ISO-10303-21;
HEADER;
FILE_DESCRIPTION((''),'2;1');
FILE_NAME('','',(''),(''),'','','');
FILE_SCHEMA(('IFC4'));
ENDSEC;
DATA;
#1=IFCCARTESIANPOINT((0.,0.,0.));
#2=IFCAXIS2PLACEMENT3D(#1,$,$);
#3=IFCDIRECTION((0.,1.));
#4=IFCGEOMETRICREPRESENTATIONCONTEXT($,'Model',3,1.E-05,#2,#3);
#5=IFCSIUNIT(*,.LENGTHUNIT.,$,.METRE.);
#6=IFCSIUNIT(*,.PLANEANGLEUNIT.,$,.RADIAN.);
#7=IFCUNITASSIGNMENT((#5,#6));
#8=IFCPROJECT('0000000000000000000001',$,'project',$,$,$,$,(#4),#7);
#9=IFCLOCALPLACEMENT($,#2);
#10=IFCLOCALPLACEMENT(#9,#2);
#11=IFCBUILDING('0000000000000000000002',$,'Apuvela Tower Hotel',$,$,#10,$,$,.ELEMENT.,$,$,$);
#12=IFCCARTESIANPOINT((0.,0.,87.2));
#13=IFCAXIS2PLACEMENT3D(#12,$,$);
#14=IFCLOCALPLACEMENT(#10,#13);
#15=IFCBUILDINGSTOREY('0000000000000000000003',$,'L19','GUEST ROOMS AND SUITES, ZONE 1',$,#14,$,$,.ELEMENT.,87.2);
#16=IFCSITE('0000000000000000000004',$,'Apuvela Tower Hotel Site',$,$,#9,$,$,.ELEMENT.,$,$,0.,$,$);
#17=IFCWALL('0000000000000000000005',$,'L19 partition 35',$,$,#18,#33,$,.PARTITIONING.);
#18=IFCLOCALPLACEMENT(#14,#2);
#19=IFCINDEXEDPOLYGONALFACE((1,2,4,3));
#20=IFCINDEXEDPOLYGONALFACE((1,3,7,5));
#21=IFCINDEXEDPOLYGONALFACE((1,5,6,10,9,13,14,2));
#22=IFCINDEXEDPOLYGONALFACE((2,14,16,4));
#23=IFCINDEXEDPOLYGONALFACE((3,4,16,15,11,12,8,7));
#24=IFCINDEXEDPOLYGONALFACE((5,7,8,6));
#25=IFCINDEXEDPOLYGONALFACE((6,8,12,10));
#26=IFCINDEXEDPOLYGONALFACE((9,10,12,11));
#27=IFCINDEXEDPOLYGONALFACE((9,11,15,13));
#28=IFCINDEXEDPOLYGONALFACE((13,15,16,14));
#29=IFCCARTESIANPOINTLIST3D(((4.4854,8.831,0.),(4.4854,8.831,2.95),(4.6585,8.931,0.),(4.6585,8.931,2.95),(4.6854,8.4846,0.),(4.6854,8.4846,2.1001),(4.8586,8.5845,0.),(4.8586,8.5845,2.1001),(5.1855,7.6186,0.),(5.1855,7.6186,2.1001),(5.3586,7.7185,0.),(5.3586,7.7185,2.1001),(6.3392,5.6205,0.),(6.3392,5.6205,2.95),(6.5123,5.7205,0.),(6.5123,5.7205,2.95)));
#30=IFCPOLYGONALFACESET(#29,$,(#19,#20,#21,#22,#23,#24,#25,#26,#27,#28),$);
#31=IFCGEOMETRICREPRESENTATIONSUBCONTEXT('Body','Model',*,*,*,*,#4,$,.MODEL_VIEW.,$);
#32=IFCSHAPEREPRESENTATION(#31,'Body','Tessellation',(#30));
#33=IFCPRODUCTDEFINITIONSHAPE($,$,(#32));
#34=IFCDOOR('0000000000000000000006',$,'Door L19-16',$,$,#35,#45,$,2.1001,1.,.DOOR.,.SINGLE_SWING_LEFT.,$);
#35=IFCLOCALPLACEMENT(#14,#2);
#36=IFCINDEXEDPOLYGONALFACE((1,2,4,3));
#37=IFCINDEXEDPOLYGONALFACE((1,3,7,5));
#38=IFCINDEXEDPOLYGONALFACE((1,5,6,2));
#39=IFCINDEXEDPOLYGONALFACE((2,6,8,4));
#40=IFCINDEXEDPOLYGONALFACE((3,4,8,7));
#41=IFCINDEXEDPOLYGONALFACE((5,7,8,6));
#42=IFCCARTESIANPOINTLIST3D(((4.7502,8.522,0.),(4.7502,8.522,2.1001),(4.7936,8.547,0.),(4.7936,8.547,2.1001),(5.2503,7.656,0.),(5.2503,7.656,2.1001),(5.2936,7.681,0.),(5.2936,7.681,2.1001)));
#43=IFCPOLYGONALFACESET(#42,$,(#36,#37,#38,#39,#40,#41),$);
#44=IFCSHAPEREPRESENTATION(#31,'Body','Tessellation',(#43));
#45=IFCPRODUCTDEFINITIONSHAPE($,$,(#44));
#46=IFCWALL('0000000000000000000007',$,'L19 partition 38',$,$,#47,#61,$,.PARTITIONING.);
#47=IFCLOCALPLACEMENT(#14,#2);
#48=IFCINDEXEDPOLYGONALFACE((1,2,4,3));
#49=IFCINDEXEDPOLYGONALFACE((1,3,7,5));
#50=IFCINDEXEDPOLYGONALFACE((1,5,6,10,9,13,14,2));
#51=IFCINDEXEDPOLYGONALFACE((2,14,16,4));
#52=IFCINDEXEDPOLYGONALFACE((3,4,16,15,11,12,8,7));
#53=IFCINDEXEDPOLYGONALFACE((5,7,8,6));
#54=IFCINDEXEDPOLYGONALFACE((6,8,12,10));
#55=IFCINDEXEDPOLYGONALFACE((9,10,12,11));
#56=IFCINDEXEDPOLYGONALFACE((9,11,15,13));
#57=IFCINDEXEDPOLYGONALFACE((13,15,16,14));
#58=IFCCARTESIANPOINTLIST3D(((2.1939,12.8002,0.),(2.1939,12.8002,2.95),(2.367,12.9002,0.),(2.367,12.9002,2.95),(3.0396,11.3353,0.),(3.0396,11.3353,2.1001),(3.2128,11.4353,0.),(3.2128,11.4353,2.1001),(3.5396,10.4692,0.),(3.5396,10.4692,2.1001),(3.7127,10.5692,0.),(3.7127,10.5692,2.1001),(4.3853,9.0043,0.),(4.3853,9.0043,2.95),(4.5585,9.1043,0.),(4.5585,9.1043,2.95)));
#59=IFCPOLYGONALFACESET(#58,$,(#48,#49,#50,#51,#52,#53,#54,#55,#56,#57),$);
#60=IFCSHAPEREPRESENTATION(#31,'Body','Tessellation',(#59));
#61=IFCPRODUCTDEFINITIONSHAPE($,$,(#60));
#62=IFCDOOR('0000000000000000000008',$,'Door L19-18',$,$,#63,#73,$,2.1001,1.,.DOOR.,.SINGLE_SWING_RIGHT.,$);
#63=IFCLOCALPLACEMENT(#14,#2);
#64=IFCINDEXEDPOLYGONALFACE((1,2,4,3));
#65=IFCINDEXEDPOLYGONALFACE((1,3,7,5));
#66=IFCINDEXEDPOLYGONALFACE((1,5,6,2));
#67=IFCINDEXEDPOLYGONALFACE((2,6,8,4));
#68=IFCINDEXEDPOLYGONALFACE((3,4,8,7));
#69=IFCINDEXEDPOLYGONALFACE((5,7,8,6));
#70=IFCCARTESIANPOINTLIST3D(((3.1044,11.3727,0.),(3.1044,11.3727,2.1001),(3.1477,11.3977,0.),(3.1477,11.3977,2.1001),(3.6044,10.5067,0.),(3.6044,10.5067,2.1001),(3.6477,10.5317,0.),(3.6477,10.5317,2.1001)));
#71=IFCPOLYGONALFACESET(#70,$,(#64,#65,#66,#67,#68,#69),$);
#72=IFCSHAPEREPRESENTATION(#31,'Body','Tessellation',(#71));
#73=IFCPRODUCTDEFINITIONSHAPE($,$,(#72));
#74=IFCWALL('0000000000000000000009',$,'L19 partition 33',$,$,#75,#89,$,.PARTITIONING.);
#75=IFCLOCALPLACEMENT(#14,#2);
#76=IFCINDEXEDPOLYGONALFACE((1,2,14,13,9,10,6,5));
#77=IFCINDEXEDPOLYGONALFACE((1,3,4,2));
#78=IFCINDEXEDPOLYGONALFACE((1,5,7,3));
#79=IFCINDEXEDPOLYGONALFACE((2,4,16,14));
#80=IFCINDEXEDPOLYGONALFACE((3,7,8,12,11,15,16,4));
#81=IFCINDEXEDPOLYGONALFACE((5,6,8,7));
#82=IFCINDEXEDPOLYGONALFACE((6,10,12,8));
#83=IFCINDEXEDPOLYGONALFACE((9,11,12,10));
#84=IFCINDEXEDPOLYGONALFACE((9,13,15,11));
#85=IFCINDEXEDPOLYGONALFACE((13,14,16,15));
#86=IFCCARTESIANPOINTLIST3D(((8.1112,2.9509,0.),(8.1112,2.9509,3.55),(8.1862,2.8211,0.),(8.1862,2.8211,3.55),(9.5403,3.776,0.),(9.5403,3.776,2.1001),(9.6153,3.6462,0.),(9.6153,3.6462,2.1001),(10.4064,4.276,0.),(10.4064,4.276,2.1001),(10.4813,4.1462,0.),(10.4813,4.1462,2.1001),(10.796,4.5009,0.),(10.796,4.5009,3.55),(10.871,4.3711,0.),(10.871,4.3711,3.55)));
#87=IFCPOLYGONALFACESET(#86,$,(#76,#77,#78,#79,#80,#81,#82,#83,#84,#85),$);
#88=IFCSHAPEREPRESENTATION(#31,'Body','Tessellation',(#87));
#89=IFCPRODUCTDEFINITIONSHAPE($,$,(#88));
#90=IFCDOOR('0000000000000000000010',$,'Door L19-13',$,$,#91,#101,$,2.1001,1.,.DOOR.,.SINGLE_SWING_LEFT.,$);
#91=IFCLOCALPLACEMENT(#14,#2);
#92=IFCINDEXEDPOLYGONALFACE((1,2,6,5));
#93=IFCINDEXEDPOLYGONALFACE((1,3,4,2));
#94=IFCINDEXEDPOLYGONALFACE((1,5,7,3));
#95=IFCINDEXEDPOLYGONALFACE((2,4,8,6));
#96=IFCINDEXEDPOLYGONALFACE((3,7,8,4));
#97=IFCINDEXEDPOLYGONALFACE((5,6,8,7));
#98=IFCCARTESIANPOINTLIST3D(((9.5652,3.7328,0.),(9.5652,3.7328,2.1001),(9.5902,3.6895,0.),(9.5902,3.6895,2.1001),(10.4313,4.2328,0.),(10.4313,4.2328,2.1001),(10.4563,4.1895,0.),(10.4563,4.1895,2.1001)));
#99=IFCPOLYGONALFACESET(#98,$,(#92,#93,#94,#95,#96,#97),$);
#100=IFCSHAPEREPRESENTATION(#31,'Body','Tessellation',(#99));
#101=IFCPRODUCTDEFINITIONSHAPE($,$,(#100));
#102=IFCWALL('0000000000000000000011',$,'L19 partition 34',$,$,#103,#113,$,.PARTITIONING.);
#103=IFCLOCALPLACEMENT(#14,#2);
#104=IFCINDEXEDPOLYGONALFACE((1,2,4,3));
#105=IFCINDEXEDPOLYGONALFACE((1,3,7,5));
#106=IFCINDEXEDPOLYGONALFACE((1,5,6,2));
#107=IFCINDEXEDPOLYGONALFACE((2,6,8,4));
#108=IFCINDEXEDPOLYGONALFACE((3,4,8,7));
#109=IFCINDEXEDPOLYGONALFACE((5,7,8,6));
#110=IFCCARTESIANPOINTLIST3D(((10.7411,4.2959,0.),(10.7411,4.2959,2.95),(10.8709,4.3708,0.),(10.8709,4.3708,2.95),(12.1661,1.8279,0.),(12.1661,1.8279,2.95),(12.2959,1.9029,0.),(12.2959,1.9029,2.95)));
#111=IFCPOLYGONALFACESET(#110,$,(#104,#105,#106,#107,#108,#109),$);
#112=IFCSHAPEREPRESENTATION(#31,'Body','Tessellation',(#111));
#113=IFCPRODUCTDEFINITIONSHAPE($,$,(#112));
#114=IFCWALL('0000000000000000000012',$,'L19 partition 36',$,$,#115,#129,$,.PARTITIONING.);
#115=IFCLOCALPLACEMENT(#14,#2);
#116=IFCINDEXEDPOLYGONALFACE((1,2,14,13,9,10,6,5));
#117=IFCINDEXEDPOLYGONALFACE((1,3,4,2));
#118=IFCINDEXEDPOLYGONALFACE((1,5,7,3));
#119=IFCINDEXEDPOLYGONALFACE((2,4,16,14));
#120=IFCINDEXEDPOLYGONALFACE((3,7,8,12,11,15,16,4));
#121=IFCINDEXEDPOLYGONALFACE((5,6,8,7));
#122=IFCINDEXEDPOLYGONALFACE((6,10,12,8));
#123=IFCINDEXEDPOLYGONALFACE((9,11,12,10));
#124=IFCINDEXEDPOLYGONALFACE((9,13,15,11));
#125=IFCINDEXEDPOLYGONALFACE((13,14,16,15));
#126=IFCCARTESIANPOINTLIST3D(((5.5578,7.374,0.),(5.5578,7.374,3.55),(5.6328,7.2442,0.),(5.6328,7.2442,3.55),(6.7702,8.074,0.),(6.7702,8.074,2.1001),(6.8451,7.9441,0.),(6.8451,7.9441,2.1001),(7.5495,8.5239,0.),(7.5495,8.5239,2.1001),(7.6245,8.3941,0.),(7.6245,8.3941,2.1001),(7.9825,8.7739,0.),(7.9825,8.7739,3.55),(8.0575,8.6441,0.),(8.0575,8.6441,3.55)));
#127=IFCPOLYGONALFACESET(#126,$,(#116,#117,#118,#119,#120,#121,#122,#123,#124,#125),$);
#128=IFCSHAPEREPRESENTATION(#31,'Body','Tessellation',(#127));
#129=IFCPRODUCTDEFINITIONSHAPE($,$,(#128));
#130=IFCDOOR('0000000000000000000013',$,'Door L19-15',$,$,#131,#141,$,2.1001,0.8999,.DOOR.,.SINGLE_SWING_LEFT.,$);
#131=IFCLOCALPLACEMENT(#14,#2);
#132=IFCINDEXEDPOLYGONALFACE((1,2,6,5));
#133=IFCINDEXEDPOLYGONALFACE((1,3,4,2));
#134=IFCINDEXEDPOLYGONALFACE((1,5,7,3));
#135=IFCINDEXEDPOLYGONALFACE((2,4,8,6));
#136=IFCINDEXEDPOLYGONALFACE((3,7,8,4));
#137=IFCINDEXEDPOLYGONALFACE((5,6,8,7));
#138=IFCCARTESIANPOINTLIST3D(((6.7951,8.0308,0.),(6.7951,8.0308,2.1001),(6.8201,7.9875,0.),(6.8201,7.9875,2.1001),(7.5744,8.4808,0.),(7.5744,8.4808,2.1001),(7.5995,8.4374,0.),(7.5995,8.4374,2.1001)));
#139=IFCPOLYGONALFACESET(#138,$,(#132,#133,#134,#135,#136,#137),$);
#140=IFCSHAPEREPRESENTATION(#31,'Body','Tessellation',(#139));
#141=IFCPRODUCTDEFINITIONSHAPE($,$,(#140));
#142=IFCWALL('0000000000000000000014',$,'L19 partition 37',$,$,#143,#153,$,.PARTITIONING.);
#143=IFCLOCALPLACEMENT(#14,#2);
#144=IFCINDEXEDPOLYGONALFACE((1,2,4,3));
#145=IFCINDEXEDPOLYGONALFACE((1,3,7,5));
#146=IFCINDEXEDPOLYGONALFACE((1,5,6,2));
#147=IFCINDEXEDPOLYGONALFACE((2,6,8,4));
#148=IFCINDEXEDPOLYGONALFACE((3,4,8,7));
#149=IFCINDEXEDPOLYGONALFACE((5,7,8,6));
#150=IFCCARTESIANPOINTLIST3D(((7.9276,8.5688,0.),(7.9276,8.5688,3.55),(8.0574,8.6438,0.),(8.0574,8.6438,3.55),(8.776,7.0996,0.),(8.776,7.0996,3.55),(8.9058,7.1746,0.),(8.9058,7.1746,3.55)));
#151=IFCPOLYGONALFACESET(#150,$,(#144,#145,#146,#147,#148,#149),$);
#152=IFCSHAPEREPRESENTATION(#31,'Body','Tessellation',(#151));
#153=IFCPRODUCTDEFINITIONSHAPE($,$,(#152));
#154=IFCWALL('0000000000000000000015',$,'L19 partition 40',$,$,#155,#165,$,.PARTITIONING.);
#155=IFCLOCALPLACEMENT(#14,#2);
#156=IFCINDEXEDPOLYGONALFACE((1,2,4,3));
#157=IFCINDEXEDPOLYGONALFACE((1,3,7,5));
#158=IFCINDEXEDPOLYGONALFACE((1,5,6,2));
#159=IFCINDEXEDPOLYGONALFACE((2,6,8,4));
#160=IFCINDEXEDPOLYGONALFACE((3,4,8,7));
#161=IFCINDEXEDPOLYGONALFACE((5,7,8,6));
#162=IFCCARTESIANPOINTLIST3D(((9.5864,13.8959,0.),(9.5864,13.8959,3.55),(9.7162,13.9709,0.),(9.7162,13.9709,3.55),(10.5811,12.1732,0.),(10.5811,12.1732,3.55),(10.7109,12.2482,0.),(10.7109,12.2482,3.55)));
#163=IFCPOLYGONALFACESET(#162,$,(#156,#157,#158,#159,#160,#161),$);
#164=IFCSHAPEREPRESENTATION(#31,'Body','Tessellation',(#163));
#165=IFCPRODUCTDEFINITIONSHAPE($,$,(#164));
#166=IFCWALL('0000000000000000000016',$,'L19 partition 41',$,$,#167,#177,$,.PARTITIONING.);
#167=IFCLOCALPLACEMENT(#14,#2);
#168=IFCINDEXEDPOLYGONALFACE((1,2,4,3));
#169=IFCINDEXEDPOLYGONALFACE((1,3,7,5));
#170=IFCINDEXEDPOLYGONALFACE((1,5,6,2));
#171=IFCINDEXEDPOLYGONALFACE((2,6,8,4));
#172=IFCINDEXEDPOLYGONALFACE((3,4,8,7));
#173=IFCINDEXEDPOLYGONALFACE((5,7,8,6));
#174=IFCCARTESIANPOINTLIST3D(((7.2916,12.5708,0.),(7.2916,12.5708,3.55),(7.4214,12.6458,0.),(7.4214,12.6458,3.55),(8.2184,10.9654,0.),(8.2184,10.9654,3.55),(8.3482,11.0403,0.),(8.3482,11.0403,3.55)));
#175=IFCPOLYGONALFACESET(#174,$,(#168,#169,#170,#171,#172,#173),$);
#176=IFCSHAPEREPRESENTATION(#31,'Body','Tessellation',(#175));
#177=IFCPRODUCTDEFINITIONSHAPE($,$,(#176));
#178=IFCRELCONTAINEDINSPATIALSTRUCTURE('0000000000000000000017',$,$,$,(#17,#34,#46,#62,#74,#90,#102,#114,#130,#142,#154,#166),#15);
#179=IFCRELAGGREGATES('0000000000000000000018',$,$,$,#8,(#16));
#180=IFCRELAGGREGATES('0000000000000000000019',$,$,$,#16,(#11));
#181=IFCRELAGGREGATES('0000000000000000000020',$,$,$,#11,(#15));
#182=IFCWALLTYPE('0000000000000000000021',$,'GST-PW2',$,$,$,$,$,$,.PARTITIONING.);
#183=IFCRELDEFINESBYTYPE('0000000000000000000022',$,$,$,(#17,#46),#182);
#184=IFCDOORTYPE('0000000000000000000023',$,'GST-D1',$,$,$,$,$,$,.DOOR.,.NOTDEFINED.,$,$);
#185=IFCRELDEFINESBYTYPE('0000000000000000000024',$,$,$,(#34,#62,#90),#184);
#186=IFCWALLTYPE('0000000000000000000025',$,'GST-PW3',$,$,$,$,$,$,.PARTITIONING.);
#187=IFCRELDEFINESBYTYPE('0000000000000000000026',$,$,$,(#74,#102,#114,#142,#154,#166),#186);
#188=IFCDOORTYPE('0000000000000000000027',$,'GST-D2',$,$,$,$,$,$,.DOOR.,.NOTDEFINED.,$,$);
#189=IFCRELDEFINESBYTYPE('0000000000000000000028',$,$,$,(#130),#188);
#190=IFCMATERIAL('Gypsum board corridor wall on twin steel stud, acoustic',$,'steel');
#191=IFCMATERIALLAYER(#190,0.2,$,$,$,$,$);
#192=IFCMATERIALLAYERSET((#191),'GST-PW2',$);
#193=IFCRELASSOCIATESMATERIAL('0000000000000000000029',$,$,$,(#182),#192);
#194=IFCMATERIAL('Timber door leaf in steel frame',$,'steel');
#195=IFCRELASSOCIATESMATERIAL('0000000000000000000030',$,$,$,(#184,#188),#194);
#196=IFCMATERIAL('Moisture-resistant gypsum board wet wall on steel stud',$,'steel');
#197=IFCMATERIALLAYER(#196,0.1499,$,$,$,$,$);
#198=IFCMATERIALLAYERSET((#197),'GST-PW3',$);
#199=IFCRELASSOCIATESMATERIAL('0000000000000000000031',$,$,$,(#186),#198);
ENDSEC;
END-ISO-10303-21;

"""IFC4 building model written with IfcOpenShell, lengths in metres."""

from ifc_helpers import new_model, si_unit, direction, frame, frame_2d, origin, place, context, subcontext, project, spatial, rectangle, extrude, material, layer, layer_set, type_object, element, fill, save


model = new_model("IFC4")

# Units and contexts
model_context = context("Model", 3, precision=1e-05, world=origin(), true_north=direction((0.0, 1.0)))
body_context = subcontext(model_context, "Body", "Model", "MODEL_VIEW")
ifc_project = project(units=[si_unit("LENGTHUNIT", "METRE"), si_unit("PLANEANGLEUNIT", "RADIAN")], contexts=[model_context])

# Site, building, storey
site_placement = place(None, origin())
site = spatial("IfcSite", under=ifc_project, at=site_placement, Name="Apuvela Tower Hotel Site", CompositionType="ELEMENT", RefElevation=0.0)
building_placement = place(site_placement, origin())
building = spatial("IfcBuilding", under=site, at=building_placement, Name="Apuvela Tower Hotel", CompositionType="ELEMENT")
storey_placement = place(building_placement, frame((0.0, 0.0, 87.2)))
storey = spatial("IfcBuildingStorey", under=building, at=storey_placement, Name="L19", Description="GUEST ROOMS AND SUITES, ZONE 1", CompositionType="ELEMENT", Elevation=87.2)

# Walls, openings, doors
ifc_material_1 = material(Name="Gypsum board corridor wall on twin steel stud, acoustic", Category="steel")
ifc_layer_1 = layer(ifc_material_1, 0.2)
ifc_layer_set_1 = layer_set([ifc_layer_1], Name="GST-PW2")
wall_type_1 = type_object("IfcWallType", Name="GST-PW2", PredefinedType="PARTITIONING", material=ifc_layer_set_1)
ifc_material_2 = material(Name="Timber door leaf in steel frame", Category="steel")
door_type_1 = type_object("IfcDoorType", Name="GST-D1", OperationType="NOTDEFINED", PredefinedType="DOOR", material=ifc_material_2)
wall_1_placement = place(storey_placement, frame((4.572, 8.8809, 0.0), z_axis=(0.0, 0.0, 1.0), x_axis=(0.500042, -0.866001, 0.0)))
wall_1 = element("IfcWall", 1, at=wall_1_placement, inside=storey, type_object=wall_type_1, Name="L19 partition 35", PredefinedType="PARTITIONING", context=body_context, shape_type="SweptSolid", body=[
    extrude(rectangle(XDim=3.7073, YDim=0.2, at=frame_2d((1.8535, 0.0))), origin(), (0.0, 0.0, 1.0), 2.95),
])
opening_1_placement = place(wall_1_placement, frame((0.3999, 0.0, 0.0)))
opening_1 = element("IfcOpeningElement", 2, at=opening_1_placement, cuts=wall_1, PredefinedType="OPENING", context=body_context, shape_type="SweptSolid", body=[
    extrude(rectangle(XDim=1.0, YDim=2.1001, at=frame_2d((0.5, 1.05))), frame((0.0, 0.1099, 0.0), z_axis=(0.0, -1.0, 0.0), x_axis=(1.0, 0.0, 0.0)), (0.0, 0.0, 1.0), 0.22),
])
door_1_placement = place(opening_1_placement, origin())
door_1 = element("IfcDoor", 3, at=door_1_placement, inside=storey, type_object=door_type_1, Name="Door L19-16", OperationType="SINGLE_SWING_LEFT", OverallHeight=2.1001, OverallWidth=1.0, PredefinedType="DOOR", context=body_context, shape_type="SweptSolid", body=[
    extrude(rectangle(XDim=1.0, YDim=2.1001, at=frame_2d((0.5, 1.05))), frame((0.0, 0.0249, 0.0), z_axis=(0.0, -1.0, 0.0), x_axis=(1.0, 0.0, 0.0)), (0.0, 0.0, 1.0), 0.05),
])
fill(opening_1, door_1)
wall_2_placement = place(storey_placement, frame((2.2805, 12.8501, 0.0), z_axis=(0.0, 0.0, 1.0), x_axis=(0.499973, -0.866041, 0.0)))
wall_2 = element("IfcWall", 4, at=wall_2_placement, inside=storey, type_object=wall_type_1, Name="L19 partition 38", PredefinedType="PARTITIONING", context=body_context, shape_type="SweptSolid", body=[
    extrude(rectangle(XDim=4.3831, YDim=0.2, at=frame_2d((2.1914, 0.0))), origin(), (0.0, 0.0, 1.0), 2.95),
])
opening_2_placement = place(wall_2_placement, frame((1.6914, 0.0, 0.0)))
opening_2 = element("IfcOpeningElement", 5, at=opening_2_placement, cuts=wall_2, PredefinedType="OPENING", context=body_context, shape_type="SweptSolid", body=[
    extrude(rectangle(XDim=1.0, YDim=2.1001, at=frame_2d((0.5, 1.05))), frame((0.0, 0.1099, 0.0), z_axis=(0.0, -1.0, 0.0), x_axis=(1.0, 0.0, 0.0)), (0.0, 0.0, 1.0), 0.22),
])
door_2_placement = place(opening_2_placement, origin())
door_2 = element("IfcDoor", 6, at=door_2_placement, inside=storey, type_object=door_type_1, Name="Door L19-18", OperationType="SINGLE_SWING_RIGHT", OverallHeight=2.1001, OverallWidth=1.0, PredefinedType="DOOR", context=body_context, shape_type="SweptSolid", body=[
    extrude(rectangle(XDim=1.0, YDim=2.1001, at=frame_2d((0.5, 1.05))), frame((0.0, 0.0249, 0.0), z_axis=(0.0, -1.0, 0.0), x_axis=(1.0, 0.0, 0.0)), (0.0, 0.0, 1.0), 0.05),
])
fill(opening_2, door_2)
ifc_material_3 = material(Name="Moisture-resistant gypsum board wet wall on steel stud", Category="steel")
ifc_layer_2 = layer(ifc_material_3, 0.1499)
ifc_layer_set_2 = layer_set([ifc_layer_2], Name="GST-PW3")
wall_type_2 = type_object("IfcWallType", Name="GST-PW3", PredefinedType="PARTITIONING", material=ifc_layer_set_2)
wall_3_placement = place(storey_placement, frame((10.8335, 4.436, 0.0), z_axis=(0.0, 0.0, 1.0), x_axis=(-0.86603, -0.499993, 0.0)))
wall_3 = element("IfcWall", 7, at=wall_3_placement, inside=storey, type_object=wall_type_2, Name="L19 partition 33", PredefinedType="PARTITIONING", context=body_context, shape_type="SweptSolid", body=[
    extrude(rectangle(XDim=3.1001, YDim=0.1499, at=frame_2d((1.55, 0.0))), origin(), (0.0, 0.0, 1.0), 3.55),
])
opening_3_placement = place(wall_3_placement, frame((0.45, 0.0, 0.0)))
opening_3 = element("IfcOpeningElement", 8, at=opening_3_placement, cuts=wall_3, PredefinedType="OPENING", context=body_context, shape_type="SweptSolid", body=[
    extrude(rectangle(XDim=1.0, YDim=2.1001, at=frame_2d((0.5, 1.05))), frame((0.0, 0.085, 0.0), z_axis=(0.0, -1.0, 0.0), x_axis=(1.0, 0.0, 0.0)), (0.0, 0.0, 1.0), 0.1699),
])
door_3_placement = place(opening_3_placement, origin())
door_3 = element("IfcDoor", 9, at=door_3_placement, inside=storey, type_object=door_type_1, Name="Door L19-13", OperationType="SINGLE_SWING_LEFT", OverallHeight=2.1001, OverallWidth=1.0, PredefinedType="DOOR", context=body_context, shape_type="SweptSolid", body=[
    extrude(rectangle(XDim=1.0, YDim=2.1001, at=frame_2d((0.5, 1.05))), frame((0.0, 0.0249, 0.0), z_axis=(0.0, -1.0, 0.0), x_axis=(1.0, 0.0, 0.0)), (0.0, 0.0, 1.0), 0.05),
])
fill(opening_3, door_3)

# Wall
wall_4_placement = place(storey_placement, frame((12.231, 1.8655, 0.0), z_axis=(0.0, 0.0, 1.0), x_axis=(-0.500036, 0.866004, 0.0)))
element("IfcWall", 10, at=wall_4_placement, inside=storey, type_object=wall_type_2, Name="L19 partition 34", PredefinedType="PARTITIONING", context=body_context, shape_type="SweptSolid", body=[
    extrude(rectangle(XDim=2.8499, YDim=0.1499, at=frame_2d((1.4248, 0.0))), origin(), (0.0, 0.0, 1.0), 2.95),
])

# Wall, opening, door
wall_5_placement = place(storey_placement, frame((8.02, 8.709, 0.0), z_axis=(0.0, 0.0, 1.0), x_axis=(-0.866035, -0.499984, 0.0)))
wall_5 = element("IfcWall", 11, at=wall_5_placement, inside=storey, type_object=wall_type_2, Name="L19 partition 36", PredefinedType="PARTITIONING", context=body_context, shape_type="SweptSolid", body=[
    extrude(rectangle(XDim=2.7998, YDim=0.1499, at=frame_2d((1.3999, 0.0))), origin(), (0.0, 0.0, 1.0), 3.55),
])
opening_4_placement = place(wall_5_placement, frame((0.5, 0.0, 0.0)))
opening_4 = element("IfcOpeningElement", 12, at=opening_4_placement, cuts=wall_5, PredefinedType="OPENING", context=body_context, shape_type="SweptSolid", body=[
    extrude(rectangle(XDim=0.8999, YDim=2.1001, at=frame_2d((0.45, 1.05))), frame((0.0, 0.085, 0.0), z_axis=(0.0, -1.0, 0.0), x_axis=(1.0, 0.0, 0.0)), (0.0, 0.0, 1.0), 0.1699),
])
door_type_2 = type_object("IfcDoorType", Name="GST-D2", OperationType="NOTDEFINED", PredefinedType="DOOR", material=ifc_material_2)
door_4_placement = place(opening_4_placement, origin())
door_4 = element("IfcDoor", 13, at=door_4_placement, inside=storey, type_object=door_type_2, Name="Door L19-15", OperationType="SINGLE_SWING_LEFT", OverallHeight=2.1001, OverallWidth=0.8999, PredefinedType="DOOR", context=body_context, shape_type="SweptSolid", body=[
    extrude(rectangle(XDim=0.8999, YDim=2.1001, at=frame_2d((0.45, 1.05))), frame((0.0, 0.0249, 0.0), z_axis=(0.0, -1.0, 0.0), x_axis=(1.0, 0.0, 0.0)), (0.0, 0.0, 1.0), 0.05),
])
fill(opening_4, door_4)

# Walls
wall_6_placement = place(storey_placement, frame((8.8408, 7.1372, 0.0), z_axis=(0.0, 0.0, 1.0), x_axis=(-0.500055, 0.865994, 0.0)))
element("IfcWall", 14, at=wall_6_placement, inside=storey, type_object=wall_type_2, Name="L19 partition 37", PredefinedType="PARTITIONING", context=body_context, shape_type="SweptSolid", body=[
    extrude(rectangle(XDim=1.6965, YDim=0.1499, at=frame_2d((0.8481, 0.0))), origin(), (0.0, 0.0, 1.0), 3.55),
])
wall_7_placement = place(storey_placement, frame((10.646, 12.2107, 0.0), z_axis=(0.0, 0.0, 1.0), x_axis=(-0.50002, 0.866014, 0.0)))
element("IfcWall", 15, at=wall_7_placement, inside=storey, type_object=wall_type_2, Name="L19 partition 40", PredefinedType="PARTITIONING", context=body_context, shape_type="SweptSolid", body=[
    extrude(rectangle(XDim=1.9893, YDim=0.1499, at=frame_2d((0.9946, 0.0))), origin(), (0.0, 0.0, 1.0), 3.55),
])
wall_8_placement = place(storey_placement, frame((8.2832, 11.0029, 0.0), z_axis=(0.0, 0.0, 1.0), x_axis=(-0.499935, 0.866063, 0.0)))
element("IfcWall", 16, at=wall_8_placement, inside=storey, type_object=wall_type_2, Name="L19 partition 41", PredefinedType="PARTITIONING", context=body_context, shape_type="SweptSolid", body=[
    extrude(rectangle(XDim=1.8538, YDim=0.1499, at=frame_2d((0.9268, 0.0))), origin(), (0.0, 0.0, 1.0), 3.55),
])

save(model, "model.ifc")
